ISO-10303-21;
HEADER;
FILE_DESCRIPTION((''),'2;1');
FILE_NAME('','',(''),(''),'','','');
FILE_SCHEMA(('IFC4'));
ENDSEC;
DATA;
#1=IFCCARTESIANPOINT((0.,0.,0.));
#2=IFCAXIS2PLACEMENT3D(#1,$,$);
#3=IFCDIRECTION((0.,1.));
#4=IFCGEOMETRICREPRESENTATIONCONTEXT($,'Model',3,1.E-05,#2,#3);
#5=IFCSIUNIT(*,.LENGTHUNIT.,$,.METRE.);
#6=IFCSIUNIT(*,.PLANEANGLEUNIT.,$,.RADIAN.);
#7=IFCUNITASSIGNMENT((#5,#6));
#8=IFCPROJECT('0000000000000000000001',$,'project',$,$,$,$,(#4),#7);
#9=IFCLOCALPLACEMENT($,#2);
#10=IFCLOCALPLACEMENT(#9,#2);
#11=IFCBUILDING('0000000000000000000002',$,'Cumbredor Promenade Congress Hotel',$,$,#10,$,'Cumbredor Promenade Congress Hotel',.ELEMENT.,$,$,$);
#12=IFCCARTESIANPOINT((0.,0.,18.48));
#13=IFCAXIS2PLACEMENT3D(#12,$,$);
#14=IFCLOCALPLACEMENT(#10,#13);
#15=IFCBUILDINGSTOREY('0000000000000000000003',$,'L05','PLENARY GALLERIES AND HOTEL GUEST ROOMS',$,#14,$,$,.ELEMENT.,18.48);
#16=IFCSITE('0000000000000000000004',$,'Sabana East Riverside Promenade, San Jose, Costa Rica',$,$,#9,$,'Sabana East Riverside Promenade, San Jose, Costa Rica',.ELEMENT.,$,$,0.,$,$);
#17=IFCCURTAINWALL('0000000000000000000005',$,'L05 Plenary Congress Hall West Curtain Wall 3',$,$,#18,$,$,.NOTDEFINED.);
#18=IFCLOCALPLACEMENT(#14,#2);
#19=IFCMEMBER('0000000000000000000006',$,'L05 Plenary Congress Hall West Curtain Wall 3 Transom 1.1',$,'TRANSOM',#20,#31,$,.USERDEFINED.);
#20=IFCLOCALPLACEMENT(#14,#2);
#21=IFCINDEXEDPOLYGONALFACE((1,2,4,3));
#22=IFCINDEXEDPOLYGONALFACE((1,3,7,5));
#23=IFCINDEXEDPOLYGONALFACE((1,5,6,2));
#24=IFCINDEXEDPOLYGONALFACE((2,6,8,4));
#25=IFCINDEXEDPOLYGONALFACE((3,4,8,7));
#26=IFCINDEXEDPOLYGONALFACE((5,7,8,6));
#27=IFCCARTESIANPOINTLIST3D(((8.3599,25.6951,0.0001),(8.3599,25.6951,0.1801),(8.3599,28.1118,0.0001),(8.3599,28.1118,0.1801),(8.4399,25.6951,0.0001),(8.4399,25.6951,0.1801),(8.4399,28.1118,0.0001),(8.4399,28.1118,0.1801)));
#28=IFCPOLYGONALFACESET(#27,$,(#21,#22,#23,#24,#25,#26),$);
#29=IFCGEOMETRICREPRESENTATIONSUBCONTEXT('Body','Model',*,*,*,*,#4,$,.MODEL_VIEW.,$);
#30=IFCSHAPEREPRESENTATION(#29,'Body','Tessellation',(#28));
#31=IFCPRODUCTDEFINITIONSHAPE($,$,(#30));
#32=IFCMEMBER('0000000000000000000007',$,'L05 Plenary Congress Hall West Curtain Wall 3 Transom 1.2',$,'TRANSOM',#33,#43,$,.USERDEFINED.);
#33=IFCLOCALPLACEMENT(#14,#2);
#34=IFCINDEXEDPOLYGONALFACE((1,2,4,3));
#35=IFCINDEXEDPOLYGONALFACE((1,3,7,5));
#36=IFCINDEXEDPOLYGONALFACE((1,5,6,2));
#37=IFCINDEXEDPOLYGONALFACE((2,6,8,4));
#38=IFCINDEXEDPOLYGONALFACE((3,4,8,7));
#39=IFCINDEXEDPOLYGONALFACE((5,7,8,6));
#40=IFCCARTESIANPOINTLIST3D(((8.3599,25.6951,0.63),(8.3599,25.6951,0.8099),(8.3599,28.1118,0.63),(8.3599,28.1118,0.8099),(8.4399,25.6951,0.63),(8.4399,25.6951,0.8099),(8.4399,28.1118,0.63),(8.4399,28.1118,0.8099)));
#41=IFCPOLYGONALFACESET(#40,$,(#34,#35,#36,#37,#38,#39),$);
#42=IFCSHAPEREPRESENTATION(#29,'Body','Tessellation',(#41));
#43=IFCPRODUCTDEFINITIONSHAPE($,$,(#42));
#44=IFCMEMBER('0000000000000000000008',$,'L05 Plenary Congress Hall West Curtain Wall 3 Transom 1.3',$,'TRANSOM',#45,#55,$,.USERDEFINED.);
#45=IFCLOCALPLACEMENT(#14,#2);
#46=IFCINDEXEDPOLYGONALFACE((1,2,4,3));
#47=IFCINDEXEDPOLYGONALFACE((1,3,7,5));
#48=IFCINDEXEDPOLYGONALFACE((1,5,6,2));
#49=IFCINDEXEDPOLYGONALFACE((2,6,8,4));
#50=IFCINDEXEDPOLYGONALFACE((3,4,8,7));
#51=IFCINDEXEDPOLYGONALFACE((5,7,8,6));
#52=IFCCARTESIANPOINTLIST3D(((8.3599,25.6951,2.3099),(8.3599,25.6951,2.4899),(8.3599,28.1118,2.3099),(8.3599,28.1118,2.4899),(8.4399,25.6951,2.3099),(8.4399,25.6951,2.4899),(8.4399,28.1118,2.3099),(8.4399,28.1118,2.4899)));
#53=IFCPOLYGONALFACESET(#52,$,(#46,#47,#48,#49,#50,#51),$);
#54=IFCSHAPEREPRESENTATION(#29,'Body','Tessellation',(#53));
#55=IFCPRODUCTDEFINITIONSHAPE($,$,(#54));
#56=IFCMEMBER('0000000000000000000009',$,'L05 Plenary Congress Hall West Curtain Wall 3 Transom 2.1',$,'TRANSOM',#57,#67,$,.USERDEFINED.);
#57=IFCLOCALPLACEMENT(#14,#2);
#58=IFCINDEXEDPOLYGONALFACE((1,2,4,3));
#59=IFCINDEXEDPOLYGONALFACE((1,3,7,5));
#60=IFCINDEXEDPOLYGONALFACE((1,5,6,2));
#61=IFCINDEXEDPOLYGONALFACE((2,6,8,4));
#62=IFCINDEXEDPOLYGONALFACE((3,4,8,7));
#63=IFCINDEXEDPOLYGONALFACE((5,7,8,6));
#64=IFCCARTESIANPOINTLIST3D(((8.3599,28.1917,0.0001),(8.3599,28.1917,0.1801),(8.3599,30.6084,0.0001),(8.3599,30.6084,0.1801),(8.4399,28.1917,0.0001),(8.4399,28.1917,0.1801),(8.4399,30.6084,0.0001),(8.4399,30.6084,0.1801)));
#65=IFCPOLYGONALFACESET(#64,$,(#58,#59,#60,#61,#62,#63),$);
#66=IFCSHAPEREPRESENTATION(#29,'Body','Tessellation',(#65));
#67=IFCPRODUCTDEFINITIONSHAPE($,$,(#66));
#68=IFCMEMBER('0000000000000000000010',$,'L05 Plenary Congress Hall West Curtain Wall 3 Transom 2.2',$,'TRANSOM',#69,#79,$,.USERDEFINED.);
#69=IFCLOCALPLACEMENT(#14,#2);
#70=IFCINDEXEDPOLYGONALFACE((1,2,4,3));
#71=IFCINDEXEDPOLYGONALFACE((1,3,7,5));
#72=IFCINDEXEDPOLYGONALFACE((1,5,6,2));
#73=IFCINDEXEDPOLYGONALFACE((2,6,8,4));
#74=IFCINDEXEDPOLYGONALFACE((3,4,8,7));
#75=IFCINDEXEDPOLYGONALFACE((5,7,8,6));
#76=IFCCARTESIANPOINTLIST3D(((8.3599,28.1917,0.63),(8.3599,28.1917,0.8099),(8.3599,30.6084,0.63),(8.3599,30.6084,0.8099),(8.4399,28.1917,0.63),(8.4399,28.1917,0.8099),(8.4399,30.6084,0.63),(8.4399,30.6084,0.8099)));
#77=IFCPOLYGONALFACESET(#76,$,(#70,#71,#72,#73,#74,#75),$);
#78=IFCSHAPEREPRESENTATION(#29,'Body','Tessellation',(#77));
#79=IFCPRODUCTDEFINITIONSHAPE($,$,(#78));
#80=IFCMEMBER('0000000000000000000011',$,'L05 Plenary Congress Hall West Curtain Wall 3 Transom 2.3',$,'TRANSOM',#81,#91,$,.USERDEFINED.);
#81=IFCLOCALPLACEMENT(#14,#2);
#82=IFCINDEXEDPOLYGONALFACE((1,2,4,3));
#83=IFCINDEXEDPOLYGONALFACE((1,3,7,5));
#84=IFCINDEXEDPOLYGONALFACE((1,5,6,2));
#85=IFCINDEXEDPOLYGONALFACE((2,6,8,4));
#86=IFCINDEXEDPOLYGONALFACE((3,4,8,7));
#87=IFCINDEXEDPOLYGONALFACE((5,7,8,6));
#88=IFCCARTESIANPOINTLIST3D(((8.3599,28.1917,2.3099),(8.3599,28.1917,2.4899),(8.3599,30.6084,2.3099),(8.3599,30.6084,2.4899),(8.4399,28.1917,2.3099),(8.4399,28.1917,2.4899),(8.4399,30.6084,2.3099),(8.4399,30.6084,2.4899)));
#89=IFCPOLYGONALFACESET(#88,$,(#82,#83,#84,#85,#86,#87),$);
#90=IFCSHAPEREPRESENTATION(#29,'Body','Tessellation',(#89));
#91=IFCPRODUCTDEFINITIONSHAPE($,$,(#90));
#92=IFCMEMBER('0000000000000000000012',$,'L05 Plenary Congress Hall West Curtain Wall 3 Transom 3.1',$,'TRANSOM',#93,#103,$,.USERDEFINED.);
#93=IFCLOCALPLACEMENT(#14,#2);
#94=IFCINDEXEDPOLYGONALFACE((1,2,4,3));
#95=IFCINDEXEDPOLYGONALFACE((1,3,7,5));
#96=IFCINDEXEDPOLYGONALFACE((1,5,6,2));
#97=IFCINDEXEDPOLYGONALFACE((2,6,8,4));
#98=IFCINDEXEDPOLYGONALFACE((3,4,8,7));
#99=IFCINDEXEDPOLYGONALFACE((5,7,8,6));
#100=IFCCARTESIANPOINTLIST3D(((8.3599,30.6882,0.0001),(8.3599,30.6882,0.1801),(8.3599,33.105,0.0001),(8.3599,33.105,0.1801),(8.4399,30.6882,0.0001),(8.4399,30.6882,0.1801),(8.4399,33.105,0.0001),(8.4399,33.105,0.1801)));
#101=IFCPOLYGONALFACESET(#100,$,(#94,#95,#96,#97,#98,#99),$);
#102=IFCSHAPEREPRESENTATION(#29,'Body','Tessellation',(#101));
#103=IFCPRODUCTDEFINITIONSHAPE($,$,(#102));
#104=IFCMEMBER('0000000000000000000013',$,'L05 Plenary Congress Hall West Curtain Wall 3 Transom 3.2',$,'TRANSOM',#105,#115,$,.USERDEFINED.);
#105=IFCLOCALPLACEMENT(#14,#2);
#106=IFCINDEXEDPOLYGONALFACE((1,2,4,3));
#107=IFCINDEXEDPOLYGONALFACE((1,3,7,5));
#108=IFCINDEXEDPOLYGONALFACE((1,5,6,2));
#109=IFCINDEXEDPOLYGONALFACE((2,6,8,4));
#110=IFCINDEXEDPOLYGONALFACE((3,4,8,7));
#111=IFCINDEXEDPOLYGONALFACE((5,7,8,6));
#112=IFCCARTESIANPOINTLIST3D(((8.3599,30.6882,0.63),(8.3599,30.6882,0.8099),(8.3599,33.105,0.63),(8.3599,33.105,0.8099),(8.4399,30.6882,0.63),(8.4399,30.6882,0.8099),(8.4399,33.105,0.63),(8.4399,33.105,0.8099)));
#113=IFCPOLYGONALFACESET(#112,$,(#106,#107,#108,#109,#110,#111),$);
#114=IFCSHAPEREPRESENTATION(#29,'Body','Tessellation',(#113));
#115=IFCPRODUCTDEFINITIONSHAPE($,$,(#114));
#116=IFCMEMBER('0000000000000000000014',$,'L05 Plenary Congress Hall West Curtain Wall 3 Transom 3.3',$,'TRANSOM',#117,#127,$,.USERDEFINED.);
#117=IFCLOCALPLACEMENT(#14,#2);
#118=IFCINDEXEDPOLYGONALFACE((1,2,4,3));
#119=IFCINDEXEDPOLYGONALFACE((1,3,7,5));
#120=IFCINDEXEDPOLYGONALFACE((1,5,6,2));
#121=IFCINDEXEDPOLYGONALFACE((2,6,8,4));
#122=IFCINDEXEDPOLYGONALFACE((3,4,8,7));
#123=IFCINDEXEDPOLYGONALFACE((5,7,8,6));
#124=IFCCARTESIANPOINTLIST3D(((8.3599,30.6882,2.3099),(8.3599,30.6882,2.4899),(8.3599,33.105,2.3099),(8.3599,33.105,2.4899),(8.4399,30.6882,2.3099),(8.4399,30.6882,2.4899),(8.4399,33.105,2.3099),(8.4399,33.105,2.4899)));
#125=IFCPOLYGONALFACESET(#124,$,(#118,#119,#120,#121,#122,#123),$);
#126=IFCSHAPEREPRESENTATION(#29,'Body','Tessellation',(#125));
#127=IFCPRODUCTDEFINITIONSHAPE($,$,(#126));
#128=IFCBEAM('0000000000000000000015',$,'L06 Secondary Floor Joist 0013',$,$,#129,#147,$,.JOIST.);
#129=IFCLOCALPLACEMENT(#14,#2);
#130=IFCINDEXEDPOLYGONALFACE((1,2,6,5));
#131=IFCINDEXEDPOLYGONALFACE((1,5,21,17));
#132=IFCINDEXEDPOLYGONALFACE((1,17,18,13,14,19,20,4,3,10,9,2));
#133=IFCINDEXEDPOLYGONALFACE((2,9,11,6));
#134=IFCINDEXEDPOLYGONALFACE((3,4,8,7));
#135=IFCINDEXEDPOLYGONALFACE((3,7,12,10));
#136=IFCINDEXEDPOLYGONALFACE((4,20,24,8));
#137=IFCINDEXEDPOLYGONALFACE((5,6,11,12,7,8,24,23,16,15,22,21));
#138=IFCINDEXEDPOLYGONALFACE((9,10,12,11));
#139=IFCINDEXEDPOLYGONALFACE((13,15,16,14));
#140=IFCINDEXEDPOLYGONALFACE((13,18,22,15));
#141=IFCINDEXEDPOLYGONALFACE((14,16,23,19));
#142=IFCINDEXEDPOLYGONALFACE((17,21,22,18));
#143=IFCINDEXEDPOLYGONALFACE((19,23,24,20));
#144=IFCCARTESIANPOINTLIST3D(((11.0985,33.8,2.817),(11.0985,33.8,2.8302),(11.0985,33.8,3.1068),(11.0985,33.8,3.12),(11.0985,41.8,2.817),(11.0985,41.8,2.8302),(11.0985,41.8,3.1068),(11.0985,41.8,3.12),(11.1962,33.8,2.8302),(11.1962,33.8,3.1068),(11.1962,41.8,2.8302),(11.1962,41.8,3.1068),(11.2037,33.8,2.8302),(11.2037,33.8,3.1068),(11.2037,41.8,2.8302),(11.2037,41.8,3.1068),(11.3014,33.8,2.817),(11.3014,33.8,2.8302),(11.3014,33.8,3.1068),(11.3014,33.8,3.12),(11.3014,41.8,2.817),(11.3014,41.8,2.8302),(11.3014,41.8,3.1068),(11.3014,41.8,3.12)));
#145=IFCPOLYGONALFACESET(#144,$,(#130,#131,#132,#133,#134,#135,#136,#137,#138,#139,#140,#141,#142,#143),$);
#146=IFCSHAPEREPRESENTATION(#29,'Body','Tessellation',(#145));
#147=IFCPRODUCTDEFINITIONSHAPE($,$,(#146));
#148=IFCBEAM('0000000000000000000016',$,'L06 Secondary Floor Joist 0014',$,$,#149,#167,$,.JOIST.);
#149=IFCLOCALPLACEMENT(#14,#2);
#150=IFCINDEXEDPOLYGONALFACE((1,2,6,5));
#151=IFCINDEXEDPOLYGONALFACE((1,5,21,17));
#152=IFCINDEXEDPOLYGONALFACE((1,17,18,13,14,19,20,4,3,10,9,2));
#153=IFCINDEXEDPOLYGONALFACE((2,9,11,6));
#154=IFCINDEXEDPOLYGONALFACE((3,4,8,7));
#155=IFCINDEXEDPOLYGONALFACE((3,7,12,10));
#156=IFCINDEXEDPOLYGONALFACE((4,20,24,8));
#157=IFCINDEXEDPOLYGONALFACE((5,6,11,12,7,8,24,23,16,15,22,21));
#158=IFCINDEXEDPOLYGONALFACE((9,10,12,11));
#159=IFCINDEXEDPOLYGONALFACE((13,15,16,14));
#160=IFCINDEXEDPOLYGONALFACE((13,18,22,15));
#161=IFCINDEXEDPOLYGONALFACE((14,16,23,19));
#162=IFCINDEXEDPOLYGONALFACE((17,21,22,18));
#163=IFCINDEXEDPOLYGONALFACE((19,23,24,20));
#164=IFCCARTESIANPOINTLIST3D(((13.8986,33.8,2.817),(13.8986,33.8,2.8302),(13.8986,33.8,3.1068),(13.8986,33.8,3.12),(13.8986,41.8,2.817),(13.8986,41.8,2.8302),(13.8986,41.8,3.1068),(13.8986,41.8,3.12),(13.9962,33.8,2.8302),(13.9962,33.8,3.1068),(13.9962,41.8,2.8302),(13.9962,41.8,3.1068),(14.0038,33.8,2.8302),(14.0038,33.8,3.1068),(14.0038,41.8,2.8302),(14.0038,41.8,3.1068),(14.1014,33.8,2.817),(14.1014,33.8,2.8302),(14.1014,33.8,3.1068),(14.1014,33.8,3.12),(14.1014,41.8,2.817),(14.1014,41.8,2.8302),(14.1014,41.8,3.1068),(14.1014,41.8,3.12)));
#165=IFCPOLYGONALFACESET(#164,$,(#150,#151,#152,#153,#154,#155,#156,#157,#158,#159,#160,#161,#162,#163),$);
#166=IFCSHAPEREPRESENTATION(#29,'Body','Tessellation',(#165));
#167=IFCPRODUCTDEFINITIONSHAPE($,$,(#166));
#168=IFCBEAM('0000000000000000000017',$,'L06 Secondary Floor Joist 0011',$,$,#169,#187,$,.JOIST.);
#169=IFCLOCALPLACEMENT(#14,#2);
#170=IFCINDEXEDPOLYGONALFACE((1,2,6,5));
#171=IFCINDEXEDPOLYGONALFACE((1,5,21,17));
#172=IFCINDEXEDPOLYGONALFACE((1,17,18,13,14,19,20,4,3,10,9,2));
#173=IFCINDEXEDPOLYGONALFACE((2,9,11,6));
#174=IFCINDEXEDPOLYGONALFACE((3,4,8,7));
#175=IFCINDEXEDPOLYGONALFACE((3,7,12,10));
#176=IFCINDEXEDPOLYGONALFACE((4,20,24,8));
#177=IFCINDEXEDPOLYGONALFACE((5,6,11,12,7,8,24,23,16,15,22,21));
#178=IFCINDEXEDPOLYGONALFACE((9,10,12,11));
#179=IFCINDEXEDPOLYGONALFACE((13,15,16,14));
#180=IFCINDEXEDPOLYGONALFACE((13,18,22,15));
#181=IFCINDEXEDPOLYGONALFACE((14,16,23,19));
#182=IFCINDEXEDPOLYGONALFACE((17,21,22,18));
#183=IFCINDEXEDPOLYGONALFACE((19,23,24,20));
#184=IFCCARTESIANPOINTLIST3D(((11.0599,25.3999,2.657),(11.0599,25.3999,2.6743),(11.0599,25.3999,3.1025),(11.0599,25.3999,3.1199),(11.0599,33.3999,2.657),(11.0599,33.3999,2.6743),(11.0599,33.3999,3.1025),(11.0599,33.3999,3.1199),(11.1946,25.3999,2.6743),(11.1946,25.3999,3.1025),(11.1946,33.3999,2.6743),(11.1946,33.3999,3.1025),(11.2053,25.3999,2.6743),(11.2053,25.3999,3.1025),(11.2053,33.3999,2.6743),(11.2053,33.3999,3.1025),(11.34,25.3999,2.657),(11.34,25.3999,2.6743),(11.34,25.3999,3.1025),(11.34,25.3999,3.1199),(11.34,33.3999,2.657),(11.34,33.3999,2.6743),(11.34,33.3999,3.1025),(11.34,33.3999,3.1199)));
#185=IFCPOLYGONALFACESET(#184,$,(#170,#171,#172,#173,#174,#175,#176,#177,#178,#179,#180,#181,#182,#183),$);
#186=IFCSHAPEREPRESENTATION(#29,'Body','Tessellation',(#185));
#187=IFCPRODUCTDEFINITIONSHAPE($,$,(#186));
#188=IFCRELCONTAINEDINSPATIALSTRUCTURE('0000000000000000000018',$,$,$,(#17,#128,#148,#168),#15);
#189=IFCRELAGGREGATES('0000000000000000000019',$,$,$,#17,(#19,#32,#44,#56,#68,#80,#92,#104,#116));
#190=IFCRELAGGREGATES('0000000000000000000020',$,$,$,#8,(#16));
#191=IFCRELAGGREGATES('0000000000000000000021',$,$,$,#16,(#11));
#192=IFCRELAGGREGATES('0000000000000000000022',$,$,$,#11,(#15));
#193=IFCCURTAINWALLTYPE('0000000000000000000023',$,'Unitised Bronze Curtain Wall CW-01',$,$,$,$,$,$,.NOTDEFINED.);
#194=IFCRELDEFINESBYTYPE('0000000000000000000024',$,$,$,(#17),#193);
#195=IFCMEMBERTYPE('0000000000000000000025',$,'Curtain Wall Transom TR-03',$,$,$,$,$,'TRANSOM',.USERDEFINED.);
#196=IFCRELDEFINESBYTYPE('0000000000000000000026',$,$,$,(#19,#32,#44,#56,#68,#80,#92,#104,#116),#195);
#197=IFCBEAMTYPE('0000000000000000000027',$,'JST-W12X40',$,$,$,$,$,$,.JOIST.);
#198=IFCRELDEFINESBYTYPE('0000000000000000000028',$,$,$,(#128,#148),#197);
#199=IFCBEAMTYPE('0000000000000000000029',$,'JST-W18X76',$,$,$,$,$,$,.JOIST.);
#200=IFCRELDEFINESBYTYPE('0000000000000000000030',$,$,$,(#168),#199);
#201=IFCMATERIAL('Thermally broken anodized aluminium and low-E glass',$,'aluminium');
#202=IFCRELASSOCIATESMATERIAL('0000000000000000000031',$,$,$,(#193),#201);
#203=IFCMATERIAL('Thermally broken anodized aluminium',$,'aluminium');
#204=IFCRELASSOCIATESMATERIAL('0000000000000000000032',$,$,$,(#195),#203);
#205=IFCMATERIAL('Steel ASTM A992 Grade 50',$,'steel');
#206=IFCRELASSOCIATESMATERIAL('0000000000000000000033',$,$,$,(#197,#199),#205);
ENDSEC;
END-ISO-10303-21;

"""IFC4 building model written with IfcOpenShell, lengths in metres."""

from ifc_helpers import new_model, si_unit, direction, frame, origin, origin_2d, place, context, subcontext, project, spatial, rectangle, i_section, extrude, material, material_profile, profile_set, type_object, element, aggregate, save


model = new_model("IFC4")

# Units and contexts
model_context = context("Model", 3, precision=1e-05, world=origin(), true_north=direction((0.0, 1.0)))
body_context = subcontext(model_context, "Body", "Model", "MODEL_VIEW")
ifc_project = project(units=[si_unit("LENGTHUNIT", "METRE"), si_unit("PLANEANGLEUNIT", "RADIAN")], contexts=[model_context])

# Site, building, storey
site_placement = place(None, origin())
site = spatial("IfcSite", under=ifc_project, at=site_placement, Name="Sabana East Riverside Promenade, San Jose, Costa Rica", LongName="Sabana East Riverside Promenade, San Jose, Costa Rica", CompositionType="ELEMENT", RefElevation=0.0)
building_placement = place(site_placement, origin())
building = spatial("IfcBuilding", under=site, at=building_placement, Name="Cumbredor Promenade Congress Hotel", LongName="Cumbredor Promenade Congress Hotel", CompositionType="ELEMENT")
storey_placement = place(building_placement, frame((0.0, 0.0, 18.48)))
storey = spatial("IfcBuildingStorey", under=building, at=storey_placement, Name="L05", Description="PLENARY GALLERIES AND HOTEL GUEST ROOMS", CompositionType="ELEMENT", Elevation=18.48)

# Shared definitions
ifc_material_1 = material(Name="Thermally broken anodized aluminium and low-E glass", Category="aluminium")
curtain_wall_type = type_object("IfcCurtainWallType", Name="Unitised Bronze Curtain Wall CW-01", PredefinedType="NOTDEFINED", material=ifc_material_1)
ifc_material_2 = material(Name="Thermally broken anodized aluminium", Category="aluminium")

# Curtain wall
curtain_wall_1_placement = place(storey_placement, origin())
curtain_wall_1 = element("IfcCurtainWall", 1, at=curtain_wall_1_placement, inside=storey, type_object=curtain_wall_type, Name="L05 Plenary Congress Hall West Curtain Wall 3", PredefinedType="NOTDEFINED")

# Members
ifc_material_profile_1 = material_profile(ifc_material_2, rectangle(XDim=0.0801, YDim=0.1799, at=origin_2d()), Name="ALU TRANSOM 80x180")
ifc_profile_set_1 = profile_set([ifc_material_profile_1], Name="Thermally broken anodized aluminium")
member_type_1 = type_object("IfcMemberType", Name="Curtain Wall Transom TR-03", ElementType="TRANSOM", PredefinedType="USERDEFINED", material=ifc_profile_set_1)
member_1_placement = place(storey_placement, frame((8.3999, 25.6951, 0.0901), z_axis=(0.0, 1.0, 0.0), x_axis=(-1.0, 0.0, 0.0)))
member_1 = element("IfcMember", 2, at=member_1_placement, type_object=member_type_1, Name="L05 Plenary Congress Hall West Curtain Wall 3 Transom 1.1", ObjectType="TRANSOM", PredefinedType="USERDEFINED", context=body_context, shape_type="SweptSolid", body=[
    extrude(rectangle(XDim=0.0801, YDim=0.1799, at=origin_2d()), origin(), (0.0, 0.0, 1.0), 2.4167),
])
member_2_placement = place(storey_placement, frame((8.3999, 25.6951, 0.72), z_axis=(0.0, 1.0, 0.0), x_axis=(-1.0, 0.0, 0.0)))
member_2 = element("IfcMember", 3, at=member_2_placement, type_object=member_type_1, Name="L05 Plenary Congress Hall West Curtain Wall 3 Transom 1.2", ObjectType="TRANSOM", PredefinedType="USERDEFINED", context=body_context, shape_type="SweptSolid", body=[
    extrude(rectangle(XDim=0.0801, YDim=0.1799, at=origin_2d()), origin(), (0.0, 0.0, 1.0), 2.4167),
])
member_3_placement = place(storey_placement, frame((8.3999, 25.6951, 2.3999), z_axis=(0.0, 1.0, 0.0), x_axis=(-1.0, 0.0, 0.0)))
member_3 = element("IfcMember", 4, at=member_3_placement, type_object=member_type_1, Name="L05 Plenary Congress Hall West Curtain Wall 3 Transom 1.3", ObjectType="TRANSOM", PredefinedType="USERDEFINED", context=body_context, shape_type="SweptSolid", body=[
    extrude(rectangle(XDim=0.0801, YDim=0.1799, at=origin_2d()), origin(), (0.0, 0.0, 1.0), 2.4167),
])
member_4_placement = place(storey_placement, frame((8.3999, 28.1917, 0.0901), z_axis=(0.0, 1.0, 0.0), x_axis=(-1.0, 0.0, 0.0)))
member_4 = element("IfcMember", 5, at=member_4_placement, type_object=member_type_1, Name="L05 Plenary Congress Hall West Curtain Wall 3 Transom 2.1", ObjectType="TRANSOM", PredefinedType="USERDEFINED", context=body_context, shape_type="SweptSolid", body=[
    extrude(rectangle(XDim=0.0801, YDim=0.1799, at=origin_2d()), origin(), (0.0, 0.0, 1.0), 2.4167),
])
member_5_placement = place(storey_placement, frame((8.3999, 28.1917, 0.72), z_axis=(0.0, 1.0, 0.0), x_axis=(-1.0, 0.0, 0.0)))
member_5 = element("IfcMember", 6, at=member_5_placement, type_object=member_type_1, Name="L05 Plenary Congress Hall West Curtain Wall 3 Transom 2.2", ObjectType="TRANSOM", PredefinedType="USERDEFINED", context=body_context, shape_type="SweptSolid", body=[
    extrude(rectangle(XDim=0.0801, YDim=0.1799, at=origin_2d()), origin(), (0.0, 0.0, 1.0), 2.4167),
])
member_6_placement = place(storey_placement, frame((8.3999, 28.1917, 2.3999), z_axis=(0.0, 1.0, 0.0), x_axis=(-1.0, 0.0, 0.0)))
member_6 = element("IfcMember", 7, at=member_6_placement, type_object=member_type_1, Name="L05 Plenary Congress Hall West Curtain Wall 3 Transom 2.3", ObjectType="TRANSOM", PredefinedType="USERDEFINED", context=body_context, shape_type="SweptSolid", body=[
    extrude(rectangle(XDim=0.0801, YDim=0.1799, at=origin_2d()), origin(), (0.0, 0.0, 1.0), 2.4167),
])
member_7_placement = place(storey_placement, frame((8.3999, 30.6882, 0.0901), z_axis=(0.0, 1.0, 0.0), x_axis=(-1.0, 0.0, 0.0)))
member_7 = element("IfcMember", 8, at=member_7_placement, type_object=member_type_1, Name="L05 Plenary Congress Hall West Curtain Wall 3 Transom 3.1", ObjectType="TRANSOM", PredefinedType="USERDEFINED", context=body_context, shape_type="SweptSolid", body=[
    extrude(rectangle(XDim=0.0801, YDim=0.1799, at=origin_2d()), origin(), (0.0, 0.0, 1.0), 2.4167),
])
member_8_placement = place(storey_placement, frame((8.3999, 30.6882, 0.72), z_axis=(0.0, 1.0, 0.0), x_axis=(-1.0, 0.0, 0.0)))
member_8 = element("IfcMember", 9, at=member_8_placement, type_object=member_type_1, Name="L05 Plenary Congress Hall West Curtain Wall 3 Transom 3.2", ObjectType="TRANSOM", PredefinedType="USERDEFINED", context=body_context, shape_type="SweptSolid", body=[
    extrude(rectangle(XDim=0.0801, YDim=0.1799, at=origin_2d()), origin(), (0.0, 0.0, 1.0), 2.4167),
])
member_9_placement = place(storey_placement, frame((8.3999, 30.6882, 2.3999), z_axis=(0.0, 1.0, 0.0), x_axis=(-1.0, 0.0, 0.0)))
member_9 = element("IfcMember", 10, at=member_9_placement, type_object=member_type_1, Name="L05 Plenary Congress Hall West Curtain Wall 3 Transom 3.3", ObjectType="TRANSOM", PredefinedType="USERDEFINED", context=body_context, shape_type="SweptSolid", body=[
    extrude(rectangle(XDim=0.0801, YDim=0.1799, at=origin_2d()), origin(), (0.0, 0.0, 1.0), 2.4167),
])

# Beams
ifc_material_3 = material(Name="Steel ASTM A992 Grade 50", Category="steel")
ifc_material_profile_2 = material_profile(ifc_material_3, i_section(OverallWidth=0.2029, OverallDepth=0.303, WebThickness=0.0076, FlangeThickness=0.0132, at=origin_2d()), Name="W12X40")
ifc_profile_set_2 = profile_set([ifc_material_profile_2], Name="Steel ASTM A992 Grade 50")
beam_type_1 = type_object("IfcBeamType", Name="JST-W12X40", PredefinedType="JOIST", material=ifc_profile_set_2)
for number, where, z_axis, x_axis, name in (
    (11, (11.2, 33.8, 2.9685), (0.0, 1.0, 0.0), (-1.0, 0.0, 0.0), "L06 Secondary Floor Joist 0013"),
    (12, (14.0, 33.8, 2.9685), (0.0, 1.0, 0.0), (-1.0, 0.0, 0.0), "L06 Secondary Floor Joist 0014"),
):
    element("IfcBeam", number, at=place(storey_placement, frame(where, z_axis=z_axis, x_axis=x_axis)), inside=storey, type_object=beam_type_1, Name=name, PredefinedType="JOIST", context=body_context, shape_type="SweptSolid", body=[
        extrude(i_section(OverallWidth=0.2029, OverallDepth=0.303, WebThickness=0.0076, FlangeThickness=0.0132, at=origin_2d()), origin(), (0.0, 0.0, 1.0), 8.0),
    ])
ifc_material_profile_3 = material_profile(ifc_material_3, i_section(OverallWidth=0.28, OverallDepth=0.4629, WebThickness=0.0107, FlangeThickness=0.0173, at=origin_2d()), Name="W18X76")
ifc_profile_set_3 = profile_set([ifc_material_profile_3], Name="Steel ASTM A992 Grade 50")
beam_type_2 = type_object("IfcBeamType", Name="JST-W18X76", PredefinedType="JOIST", material=ifc_profile_set_3)
for number, where, z_axis, x_axis, name in (
    (13, (11.2, 25.3999, 2.8884), (0.0, 1.0, 0.0), (-1.0, 0.0, 0.0), "L06 Secondary Floor Joist 0011"),
):
    element("IfcBeam", number, at=place(storey_placement, frame(where, z_axis=z_axis, x_axis=x_axis)), inside=storey, type_object=beam_type_2, Name=name, PredefinedType="JOIST", context=body_context, shape_type="SweptSolid", body=[
        extrude(i_section(OverallWidth=0.28, OverallDepth=0.4629, WebThickness=0.0107, FlangeThickness=0.0173, at=origin_2d()), origin(), (0.0, 0.0, 1.0), 8.0),
    ])

aggregate(curtain_wall_1, [member_1, member_2, member_3, member_4, member_5, member_6, member_7, member_8, member_9])

save(model, "model.ifc")
